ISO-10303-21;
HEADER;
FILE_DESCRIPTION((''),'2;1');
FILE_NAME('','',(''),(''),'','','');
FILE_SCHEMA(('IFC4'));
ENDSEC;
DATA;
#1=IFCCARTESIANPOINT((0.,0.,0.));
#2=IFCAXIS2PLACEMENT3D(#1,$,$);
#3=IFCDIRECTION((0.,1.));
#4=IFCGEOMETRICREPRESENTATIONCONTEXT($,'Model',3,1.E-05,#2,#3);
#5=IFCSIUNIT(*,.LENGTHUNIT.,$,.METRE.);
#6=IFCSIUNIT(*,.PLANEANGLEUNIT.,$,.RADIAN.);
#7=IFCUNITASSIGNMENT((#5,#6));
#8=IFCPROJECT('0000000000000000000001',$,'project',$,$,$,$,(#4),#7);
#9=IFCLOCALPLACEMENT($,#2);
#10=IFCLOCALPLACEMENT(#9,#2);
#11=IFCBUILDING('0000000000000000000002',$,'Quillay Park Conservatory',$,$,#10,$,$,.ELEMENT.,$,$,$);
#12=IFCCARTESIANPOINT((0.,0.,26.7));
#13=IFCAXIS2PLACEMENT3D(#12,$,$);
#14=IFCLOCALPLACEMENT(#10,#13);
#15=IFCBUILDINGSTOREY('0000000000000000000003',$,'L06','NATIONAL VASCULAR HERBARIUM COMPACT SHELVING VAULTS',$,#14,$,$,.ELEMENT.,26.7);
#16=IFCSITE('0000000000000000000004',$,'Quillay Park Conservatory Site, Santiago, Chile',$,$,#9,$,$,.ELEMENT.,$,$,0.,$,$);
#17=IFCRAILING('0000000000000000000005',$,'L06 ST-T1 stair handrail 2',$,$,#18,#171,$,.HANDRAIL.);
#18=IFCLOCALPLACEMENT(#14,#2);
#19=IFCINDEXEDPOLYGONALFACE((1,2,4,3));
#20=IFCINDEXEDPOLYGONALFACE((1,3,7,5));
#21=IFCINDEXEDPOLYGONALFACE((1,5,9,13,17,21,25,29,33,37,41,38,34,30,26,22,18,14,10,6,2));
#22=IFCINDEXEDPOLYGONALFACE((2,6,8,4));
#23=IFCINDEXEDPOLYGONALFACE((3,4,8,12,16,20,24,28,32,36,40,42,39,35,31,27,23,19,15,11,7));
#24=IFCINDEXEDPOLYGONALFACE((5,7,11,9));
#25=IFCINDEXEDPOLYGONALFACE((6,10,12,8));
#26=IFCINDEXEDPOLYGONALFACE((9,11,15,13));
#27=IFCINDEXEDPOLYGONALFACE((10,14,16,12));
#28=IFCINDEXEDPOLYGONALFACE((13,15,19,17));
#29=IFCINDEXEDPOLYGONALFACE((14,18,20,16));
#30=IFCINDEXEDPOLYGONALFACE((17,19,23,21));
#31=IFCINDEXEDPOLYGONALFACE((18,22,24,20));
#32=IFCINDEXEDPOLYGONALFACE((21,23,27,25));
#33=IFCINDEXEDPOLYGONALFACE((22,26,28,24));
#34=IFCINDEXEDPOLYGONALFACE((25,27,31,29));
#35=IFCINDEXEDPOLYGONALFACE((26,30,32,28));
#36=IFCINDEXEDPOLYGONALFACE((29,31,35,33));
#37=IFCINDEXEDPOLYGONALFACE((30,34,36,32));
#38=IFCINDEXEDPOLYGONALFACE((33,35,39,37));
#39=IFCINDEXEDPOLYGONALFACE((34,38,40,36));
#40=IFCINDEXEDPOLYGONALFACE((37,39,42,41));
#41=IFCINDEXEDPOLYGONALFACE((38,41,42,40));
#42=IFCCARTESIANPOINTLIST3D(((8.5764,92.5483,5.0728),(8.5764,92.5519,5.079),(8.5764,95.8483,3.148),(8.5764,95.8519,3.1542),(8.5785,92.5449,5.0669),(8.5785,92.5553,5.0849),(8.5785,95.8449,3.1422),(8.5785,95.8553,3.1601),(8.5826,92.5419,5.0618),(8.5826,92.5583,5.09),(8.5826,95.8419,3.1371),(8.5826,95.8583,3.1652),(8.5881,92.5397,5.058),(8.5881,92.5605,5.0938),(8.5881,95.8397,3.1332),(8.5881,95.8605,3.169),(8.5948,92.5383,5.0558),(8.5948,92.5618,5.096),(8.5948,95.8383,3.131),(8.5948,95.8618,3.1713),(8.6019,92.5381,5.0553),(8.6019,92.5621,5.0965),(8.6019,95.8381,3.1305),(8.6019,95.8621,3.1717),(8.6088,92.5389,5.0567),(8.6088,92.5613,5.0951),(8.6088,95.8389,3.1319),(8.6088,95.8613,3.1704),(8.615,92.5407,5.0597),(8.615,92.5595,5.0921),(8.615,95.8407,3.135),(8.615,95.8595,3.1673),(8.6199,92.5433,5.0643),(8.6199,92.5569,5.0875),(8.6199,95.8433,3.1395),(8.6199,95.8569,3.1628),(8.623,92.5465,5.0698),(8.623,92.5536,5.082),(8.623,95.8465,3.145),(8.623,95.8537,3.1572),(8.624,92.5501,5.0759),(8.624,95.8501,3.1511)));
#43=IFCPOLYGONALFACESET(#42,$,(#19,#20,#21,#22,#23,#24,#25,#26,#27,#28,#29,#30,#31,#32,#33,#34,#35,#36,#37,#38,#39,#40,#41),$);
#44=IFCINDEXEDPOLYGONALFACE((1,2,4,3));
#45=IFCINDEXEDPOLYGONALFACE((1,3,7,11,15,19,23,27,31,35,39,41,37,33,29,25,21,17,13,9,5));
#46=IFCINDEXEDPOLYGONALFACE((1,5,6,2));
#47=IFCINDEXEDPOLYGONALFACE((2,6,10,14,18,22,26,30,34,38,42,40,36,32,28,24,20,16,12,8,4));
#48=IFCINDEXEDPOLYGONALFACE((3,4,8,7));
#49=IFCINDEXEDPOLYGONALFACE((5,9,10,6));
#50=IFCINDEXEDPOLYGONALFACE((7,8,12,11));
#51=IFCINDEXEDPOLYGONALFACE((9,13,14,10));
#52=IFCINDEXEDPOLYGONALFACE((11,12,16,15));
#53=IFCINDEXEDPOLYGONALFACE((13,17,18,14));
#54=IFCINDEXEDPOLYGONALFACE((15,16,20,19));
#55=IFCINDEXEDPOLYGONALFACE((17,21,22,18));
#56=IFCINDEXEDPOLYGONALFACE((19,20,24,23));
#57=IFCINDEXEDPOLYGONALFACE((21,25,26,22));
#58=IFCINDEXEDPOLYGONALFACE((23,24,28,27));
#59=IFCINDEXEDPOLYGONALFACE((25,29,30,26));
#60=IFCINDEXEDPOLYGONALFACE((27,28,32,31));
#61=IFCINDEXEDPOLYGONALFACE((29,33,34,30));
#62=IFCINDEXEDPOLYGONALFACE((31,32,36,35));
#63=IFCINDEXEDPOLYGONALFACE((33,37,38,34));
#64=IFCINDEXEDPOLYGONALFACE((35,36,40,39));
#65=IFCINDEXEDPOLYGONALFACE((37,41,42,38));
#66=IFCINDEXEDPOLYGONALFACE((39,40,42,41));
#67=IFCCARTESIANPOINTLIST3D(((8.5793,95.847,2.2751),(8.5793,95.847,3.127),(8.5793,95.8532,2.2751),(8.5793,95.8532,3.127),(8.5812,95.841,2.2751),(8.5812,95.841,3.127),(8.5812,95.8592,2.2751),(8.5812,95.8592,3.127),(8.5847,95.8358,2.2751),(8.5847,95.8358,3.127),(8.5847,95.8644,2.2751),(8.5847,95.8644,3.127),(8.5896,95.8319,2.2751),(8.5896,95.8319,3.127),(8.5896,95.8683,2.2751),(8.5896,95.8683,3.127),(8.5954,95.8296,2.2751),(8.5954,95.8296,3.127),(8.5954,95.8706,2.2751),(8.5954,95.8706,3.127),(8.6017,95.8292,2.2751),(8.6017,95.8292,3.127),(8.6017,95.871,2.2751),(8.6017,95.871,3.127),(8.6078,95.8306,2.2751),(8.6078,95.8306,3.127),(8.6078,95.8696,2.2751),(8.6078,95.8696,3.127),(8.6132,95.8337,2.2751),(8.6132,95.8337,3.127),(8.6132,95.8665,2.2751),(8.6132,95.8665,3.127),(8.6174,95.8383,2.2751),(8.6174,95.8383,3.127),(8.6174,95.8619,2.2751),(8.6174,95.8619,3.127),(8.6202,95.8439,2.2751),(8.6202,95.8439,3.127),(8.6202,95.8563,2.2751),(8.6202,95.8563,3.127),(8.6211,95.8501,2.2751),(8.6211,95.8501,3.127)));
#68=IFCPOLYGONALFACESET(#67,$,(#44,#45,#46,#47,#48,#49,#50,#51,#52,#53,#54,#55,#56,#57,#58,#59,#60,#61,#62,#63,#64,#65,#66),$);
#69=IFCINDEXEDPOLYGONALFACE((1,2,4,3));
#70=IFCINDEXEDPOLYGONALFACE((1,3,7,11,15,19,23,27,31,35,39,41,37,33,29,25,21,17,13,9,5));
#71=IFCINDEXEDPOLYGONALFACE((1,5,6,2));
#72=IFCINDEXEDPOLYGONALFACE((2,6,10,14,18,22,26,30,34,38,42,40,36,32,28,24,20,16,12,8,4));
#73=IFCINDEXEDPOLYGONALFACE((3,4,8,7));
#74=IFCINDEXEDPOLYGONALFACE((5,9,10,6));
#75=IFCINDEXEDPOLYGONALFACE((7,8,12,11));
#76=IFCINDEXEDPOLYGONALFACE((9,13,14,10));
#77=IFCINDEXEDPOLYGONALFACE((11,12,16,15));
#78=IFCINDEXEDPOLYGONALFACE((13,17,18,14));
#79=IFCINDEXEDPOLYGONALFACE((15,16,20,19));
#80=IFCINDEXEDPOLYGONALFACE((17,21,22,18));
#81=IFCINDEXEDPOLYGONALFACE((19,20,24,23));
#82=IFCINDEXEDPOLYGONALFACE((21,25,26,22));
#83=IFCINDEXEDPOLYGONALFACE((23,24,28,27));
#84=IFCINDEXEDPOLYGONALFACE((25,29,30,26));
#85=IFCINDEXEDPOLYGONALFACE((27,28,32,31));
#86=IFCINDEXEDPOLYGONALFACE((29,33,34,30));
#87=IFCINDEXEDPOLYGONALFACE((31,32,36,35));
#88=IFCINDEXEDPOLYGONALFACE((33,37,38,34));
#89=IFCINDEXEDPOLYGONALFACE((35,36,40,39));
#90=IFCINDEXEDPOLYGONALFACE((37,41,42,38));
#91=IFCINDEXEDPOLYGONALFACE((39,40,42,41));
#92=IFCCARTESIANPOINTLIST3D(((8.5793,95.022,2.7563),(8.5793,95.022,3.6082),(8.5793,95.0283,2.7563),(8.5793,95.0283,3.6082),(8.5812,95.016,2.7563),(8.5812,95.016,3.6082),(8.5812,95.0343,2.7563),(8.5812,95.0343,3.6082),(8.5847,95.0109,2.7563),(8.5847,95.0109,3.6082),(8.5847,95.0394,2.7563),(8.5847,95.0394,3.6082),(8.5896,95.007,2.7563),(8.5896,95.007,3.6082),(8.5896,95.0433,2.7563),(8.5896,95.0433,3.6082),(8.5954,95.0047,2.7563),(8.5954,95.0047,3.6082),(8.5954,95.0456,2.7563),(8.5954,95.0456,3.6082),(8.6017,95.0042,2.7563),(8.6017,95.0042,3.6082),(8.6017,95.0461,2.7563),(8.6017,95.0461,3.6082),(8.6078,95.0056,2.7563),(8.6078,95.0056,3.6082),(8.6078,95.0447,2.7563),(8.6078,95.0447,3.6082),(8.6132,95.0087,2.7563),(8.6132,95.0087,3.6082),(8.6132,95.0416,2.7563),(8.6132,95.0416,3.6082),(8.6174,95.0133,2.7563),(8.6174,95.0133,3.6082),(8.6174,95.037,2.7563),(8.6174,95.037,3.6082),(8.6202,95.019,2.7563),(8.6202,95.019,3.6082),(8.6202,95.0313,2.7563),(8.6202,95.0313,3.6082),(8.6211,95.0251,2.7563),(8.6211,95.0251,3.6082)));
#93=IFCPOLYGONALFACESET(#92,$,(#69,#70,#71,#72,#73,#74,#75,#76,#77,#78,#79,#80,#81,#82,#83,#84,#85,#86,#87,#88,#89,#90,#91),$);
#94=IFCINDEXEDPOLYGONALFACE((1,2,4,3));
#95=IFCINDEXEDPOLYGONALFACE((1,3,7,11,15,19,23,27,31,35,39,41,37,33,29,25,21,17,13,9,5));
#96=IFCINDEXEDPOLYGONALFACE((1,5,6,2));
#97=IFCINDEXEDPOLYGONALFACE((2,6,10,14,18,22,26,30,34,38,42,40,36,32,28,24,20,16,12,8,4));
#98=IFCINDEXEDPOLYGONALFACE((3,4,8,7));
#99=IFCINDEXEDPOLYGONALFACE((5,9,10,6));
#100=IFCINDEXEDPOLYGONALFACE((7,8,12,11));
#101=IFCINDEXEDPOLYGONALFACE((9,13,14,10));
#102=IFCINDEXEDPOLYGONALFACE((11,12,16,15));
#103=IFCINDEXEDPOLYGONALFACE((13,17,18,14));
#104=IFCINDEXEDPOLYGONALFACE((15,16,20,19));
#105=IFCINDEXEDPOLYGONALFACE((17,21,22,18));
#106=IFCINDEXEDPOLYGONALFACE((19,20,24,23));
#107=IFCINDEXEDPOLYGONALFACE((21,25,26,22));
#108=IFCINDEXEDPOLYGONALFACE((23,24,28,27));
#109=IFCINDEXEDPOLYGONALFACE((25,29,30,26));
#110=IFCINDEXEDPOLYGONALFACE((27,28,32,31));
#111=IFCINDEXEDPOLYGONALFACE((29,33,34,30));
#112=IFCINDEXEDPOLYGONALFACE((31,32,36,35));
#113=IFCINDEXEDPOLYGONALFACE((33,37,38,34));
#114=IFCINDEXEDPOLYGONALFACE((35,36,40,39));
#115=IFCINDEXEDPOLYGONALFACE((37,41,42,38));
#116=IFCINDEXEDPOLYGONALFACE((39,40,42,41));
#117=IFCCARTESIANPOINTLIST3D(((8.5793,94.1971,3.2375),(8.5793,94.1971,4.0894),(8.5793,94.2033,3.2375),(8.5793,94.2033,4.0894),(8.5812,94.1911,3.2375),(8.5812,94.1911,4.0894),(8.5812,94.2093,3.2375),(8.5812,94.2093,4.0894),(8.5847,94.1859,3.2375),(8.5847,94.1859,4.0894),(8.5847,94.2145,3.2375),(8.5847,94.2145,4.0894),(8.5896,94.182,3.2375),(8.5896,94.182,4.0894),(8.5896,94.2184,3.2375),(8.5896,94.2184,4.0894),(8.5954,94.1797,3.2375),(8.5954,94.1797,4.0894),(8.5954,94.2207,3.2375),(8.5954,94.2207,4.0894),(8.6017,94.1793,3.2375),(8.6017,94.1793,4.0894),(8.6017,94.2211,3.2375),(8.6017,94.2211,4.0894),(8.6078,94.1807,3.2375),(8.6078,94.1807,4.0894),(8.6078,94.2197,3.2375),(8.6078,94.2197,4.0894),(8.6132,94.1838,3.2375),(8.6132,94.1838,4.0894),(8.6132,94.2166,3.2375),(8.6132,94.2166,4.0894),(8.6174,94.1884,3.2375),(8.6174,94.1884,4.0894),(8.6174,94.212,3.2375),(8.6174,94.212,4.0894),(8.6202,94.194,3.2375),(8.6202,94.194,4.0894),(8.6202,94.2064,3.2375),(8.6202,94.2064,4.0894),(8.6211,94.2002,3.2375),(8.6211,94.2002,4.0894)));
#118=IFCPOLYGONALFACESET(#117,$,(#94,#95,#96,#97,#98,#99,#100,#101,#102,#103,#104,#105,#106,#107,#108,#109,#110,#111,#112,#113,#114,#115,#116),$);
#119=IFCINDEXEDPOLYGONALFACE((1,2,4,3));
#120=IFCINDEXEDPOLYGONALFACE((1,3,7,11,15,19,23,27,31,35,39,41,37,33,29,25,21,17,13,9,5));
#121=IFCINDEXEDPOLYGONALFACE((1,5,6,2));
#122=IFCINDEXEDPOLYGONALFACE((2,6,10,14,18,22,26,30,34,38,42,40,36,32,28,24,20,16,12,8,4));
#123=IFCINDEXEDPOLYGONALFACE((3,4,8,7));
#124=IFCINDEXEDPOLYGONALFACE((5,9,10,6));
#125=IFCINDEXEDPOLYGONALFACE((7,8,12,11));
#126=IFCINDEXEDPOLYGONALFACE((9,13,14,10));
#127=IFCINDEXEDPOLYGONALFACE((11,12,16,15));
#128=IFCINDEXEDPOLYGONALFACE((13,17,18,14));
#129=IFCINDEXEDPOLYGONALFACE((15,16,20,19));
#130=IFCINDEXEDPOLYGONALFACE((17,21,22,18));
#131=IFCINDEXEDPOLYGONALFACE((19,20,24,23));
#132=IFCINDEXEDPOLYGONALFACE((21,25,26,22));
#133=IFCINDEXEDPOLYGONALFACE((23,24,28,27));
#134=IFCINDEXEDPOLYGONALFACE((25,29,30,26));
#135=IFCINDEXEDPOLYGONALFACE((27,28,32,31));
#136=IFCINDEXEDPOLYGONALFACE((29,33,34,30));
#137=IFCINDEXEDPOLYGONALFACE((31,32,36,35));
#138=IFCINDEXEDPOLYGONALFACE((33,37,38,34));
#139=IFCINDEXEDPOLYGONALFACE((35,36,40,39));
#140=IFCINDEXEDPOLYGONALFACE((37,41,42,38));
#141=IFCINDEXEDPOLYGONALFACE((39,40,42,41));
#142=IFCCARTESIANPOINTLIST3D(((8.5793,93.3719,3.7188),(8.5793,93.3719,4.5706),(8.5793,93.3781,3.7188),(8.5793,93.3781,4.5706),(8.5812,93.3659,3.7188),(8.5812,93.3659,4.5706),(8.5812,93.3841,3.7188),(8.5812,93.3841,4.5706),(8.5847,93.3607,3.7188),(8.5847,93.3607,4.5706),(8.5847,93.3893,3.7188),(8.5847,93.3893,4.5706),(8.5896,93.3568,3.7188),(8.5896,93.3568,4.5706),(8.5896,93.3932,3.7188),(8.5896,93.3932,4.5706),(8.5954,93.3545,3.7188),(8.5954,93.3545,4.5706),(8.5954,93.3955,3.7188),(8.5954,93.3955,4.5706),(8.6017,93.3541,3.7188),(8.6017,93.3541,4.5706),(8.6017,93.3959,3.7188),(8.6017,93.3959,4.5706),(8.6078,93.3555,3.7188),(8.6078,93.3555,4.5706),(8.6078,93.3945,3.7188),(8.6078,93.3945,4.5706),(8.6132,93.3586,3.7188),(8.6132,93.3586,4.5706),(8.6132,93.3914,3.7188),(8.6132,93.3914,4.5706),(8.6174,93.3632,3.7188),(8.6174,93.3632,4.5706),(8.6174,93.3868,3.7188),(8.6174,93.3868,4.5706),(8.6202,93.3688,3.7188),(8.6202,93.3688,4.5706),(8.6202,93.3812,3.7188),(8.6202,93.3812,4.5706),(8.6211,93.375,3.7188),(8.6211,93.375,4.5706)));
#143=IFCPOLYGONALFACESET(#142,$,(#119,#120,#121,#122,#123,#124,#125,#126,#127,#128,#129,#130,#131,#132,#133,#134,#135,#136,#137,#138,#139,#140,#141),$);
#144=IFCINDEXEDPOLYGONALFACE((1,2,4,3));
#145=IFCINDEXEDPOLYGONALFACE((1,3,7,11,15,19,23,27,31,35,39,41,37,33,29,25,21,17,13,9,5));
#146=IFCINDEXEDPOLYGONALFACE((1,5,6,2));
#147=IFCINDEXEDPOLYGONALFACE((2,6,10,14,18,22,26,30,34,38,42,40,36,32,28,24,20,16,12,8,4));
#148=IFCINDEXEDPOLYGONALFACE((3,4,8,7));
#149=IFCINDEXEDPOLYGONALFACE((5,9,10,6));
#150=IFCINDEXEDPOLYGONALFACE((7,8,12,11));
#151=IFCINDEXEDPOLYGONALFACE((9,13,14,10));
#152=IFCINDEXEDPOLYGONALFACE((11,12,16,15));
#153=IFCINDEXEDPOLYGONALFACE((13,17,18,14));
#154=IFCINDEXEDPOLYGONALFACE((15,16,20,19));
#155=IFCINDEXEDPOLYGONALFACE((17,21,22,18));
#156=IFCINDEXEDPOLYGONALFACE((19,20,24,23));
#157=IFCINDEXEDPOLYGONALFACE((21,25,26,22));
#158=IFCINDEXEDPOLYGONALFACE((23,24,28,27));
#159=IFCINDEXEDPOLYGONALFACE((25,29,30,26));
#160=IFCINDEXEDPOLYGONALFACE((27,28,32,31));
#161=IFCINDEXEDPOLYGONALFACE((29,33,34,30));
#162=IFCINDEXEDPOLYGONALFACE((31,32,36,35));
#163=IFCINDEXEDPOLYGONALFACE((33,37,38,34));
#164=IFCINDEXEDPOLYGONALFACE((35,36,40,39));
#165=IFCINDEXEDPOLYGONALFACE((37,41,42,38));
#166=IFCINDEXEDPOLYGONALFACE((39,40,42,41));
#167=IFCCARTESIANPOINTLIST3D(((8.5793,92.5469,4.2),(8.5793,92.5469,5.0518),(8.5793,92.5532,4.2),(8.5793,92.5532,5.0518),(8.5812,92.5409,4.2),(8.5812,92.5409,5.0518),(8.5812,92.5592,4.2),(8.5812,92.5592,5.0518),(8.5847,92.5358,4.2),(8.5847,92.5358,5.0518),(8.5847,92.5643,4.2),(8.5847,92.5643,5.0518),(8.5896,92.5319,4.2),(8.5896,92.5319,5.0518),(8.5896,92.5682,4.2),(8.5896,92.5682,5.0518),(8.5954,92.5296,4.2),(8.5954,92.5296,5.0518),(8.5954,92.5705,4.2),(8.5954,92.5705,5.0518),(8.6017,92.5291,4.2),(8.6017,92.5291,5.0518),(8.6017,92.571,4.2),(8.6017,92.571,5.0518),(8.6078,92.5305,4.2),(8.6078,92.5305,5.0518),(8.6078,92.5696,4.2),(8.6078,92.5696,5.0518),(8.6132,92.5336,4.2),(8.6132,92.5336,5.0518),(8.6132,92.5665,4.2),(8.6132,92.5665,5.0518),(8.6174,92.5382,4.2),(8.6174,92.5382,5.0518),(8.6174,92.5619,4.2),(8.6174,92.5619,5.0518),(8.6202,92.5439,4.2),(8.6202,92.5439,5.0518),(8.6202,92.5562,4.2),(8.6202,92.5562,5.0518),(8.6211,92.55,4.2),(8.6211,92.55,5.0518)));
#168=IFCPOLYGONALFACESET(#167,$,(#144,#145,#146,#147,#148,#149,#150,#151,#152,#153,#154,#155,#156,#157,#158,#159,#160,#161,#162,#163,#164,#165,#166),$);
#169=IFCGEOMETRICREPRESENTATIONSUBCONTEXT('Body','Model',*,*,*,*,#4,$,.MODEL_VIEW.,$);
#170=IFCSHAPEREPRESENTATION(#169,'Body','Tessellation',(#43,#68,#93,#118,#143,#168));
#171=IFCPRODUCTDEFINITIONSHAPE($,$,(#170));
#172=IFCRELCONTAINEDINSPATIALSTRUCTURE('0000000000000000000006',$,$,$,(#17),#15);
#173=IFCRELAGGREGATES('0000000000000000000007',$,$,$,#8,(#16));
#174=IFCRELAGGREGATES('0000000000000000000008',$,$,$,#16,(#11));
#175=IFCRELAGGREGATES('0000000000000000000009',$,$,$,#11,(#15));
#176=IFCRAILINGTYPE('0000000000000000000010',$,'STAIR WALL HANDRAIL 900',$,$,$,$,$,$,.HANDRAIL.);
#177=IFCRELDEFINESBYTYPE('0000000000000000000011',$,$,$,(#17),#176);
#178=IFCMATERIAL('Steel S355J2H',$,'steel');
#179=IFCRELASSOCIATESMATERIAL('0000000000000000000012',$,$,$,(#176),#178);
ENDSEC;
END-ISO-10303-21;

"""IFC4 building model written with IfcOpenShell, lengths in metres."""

from ifc_helpers import new_model, si_unit, direction, frame, origin, origin_2d, place, context, subcontext, project, spatial, circle, extrude, material, type_object, element, save


model = new_model("IFC4")

# Units and contexts
model_context = context("Model", 3, precision=1e-05, world=origin(), true_north=direction((0.0, 1.0)))
body_context = subcontext(model_context, "Body", "Model", "MODEL_VIEW")
ifc_project = project(units=[si_unit("LENGTHUNIT", "METRE"), si_unit("PLANEANGLEUNIT", "RADIAN")], contexts=[model_context])

# Site, building, storey
site_placement = place(None, origin())
site = spatial("IfcSite", under=ifc_project, at=site_placement, Name="Quillay Park Conservatory Site, Santiago, Chile", CompositionType="ELEMENT", RefElevation=0.0)
building_placement = place(site_placement, origin())
building = spatial("IfcBuilding", under=site, at=building_placement, Name="Quillay Park Conservatory", CompositionType="ELEMENT")
storey_placement = place(building_placement, frame((0.0, 0.0, 26.7)))
storey = spatial("IfcBuildingStorey", under=building, at=storey_placement, Name="L06", Description="NATIONAL VASCULAR HERBARIUM COMPACT SHELVING VAULTS", CompositionType="ELEMENT", Elevation=26.7)

# Railing
ifc_material_1 = material(Name="Steel S355J2H", Category="steel")
railing_type_1 = type_object("IfcRailingType", Name="STAIR WALL HANDRAIL 900", PredefinedType="HANDRAIL", material=ifc_material_1)
railing_1_placement = place(storey_placement, frame((8.6001, 95.8501, 2.2751)))
element("IfcRailing", 1, at=railing_1_placement, inside=storey, type_object=railing_type_1, Name="L06 ST-T1 stair handrail 2", PredefinedType="HANDRAIL", context=body_context, shape_type="SweptSolid", body=[
    extrude(circle(Radius=0.0239, at=origin_2d()), frame((0.0, 0.0, 0.876), z_axis=(0.0, -0.863804, 0.503827), x_axis=(1.0, 0.0, 0.0)), (0.0, 0.0, 1.0), 3.8203),
    extrude(circle(Radius=0.021, at=origin_2d()), origin(), (0.0, 0.0, 1.0), 0.8518),
    extrude(circle(Radius=0.021, at=origin_2d()), frame((0.0, -0.825, 0.4812)), (0.0, 0.0, 1.0), 0.8518),
    extrude(circle(Radius=0.021, at=origin_2d()), frame((0.0, -1.6499, 0.9624)), (0.0, 0.0, 1.0), 0.8518),
    extrude(circle(Radius=0.021, at=origin_2d()), frame((0.0, -2.4751, 1.4436)), (0.0, 0.0, 1.0), 0.8518),
    extrude(circle(Radius=0.021, at=origin_2d()), frame((0.0, -3.3, 1.9248)), (0.0, 0.0, 1.0), 0.8518),
])

save(model, "model.ifc")
